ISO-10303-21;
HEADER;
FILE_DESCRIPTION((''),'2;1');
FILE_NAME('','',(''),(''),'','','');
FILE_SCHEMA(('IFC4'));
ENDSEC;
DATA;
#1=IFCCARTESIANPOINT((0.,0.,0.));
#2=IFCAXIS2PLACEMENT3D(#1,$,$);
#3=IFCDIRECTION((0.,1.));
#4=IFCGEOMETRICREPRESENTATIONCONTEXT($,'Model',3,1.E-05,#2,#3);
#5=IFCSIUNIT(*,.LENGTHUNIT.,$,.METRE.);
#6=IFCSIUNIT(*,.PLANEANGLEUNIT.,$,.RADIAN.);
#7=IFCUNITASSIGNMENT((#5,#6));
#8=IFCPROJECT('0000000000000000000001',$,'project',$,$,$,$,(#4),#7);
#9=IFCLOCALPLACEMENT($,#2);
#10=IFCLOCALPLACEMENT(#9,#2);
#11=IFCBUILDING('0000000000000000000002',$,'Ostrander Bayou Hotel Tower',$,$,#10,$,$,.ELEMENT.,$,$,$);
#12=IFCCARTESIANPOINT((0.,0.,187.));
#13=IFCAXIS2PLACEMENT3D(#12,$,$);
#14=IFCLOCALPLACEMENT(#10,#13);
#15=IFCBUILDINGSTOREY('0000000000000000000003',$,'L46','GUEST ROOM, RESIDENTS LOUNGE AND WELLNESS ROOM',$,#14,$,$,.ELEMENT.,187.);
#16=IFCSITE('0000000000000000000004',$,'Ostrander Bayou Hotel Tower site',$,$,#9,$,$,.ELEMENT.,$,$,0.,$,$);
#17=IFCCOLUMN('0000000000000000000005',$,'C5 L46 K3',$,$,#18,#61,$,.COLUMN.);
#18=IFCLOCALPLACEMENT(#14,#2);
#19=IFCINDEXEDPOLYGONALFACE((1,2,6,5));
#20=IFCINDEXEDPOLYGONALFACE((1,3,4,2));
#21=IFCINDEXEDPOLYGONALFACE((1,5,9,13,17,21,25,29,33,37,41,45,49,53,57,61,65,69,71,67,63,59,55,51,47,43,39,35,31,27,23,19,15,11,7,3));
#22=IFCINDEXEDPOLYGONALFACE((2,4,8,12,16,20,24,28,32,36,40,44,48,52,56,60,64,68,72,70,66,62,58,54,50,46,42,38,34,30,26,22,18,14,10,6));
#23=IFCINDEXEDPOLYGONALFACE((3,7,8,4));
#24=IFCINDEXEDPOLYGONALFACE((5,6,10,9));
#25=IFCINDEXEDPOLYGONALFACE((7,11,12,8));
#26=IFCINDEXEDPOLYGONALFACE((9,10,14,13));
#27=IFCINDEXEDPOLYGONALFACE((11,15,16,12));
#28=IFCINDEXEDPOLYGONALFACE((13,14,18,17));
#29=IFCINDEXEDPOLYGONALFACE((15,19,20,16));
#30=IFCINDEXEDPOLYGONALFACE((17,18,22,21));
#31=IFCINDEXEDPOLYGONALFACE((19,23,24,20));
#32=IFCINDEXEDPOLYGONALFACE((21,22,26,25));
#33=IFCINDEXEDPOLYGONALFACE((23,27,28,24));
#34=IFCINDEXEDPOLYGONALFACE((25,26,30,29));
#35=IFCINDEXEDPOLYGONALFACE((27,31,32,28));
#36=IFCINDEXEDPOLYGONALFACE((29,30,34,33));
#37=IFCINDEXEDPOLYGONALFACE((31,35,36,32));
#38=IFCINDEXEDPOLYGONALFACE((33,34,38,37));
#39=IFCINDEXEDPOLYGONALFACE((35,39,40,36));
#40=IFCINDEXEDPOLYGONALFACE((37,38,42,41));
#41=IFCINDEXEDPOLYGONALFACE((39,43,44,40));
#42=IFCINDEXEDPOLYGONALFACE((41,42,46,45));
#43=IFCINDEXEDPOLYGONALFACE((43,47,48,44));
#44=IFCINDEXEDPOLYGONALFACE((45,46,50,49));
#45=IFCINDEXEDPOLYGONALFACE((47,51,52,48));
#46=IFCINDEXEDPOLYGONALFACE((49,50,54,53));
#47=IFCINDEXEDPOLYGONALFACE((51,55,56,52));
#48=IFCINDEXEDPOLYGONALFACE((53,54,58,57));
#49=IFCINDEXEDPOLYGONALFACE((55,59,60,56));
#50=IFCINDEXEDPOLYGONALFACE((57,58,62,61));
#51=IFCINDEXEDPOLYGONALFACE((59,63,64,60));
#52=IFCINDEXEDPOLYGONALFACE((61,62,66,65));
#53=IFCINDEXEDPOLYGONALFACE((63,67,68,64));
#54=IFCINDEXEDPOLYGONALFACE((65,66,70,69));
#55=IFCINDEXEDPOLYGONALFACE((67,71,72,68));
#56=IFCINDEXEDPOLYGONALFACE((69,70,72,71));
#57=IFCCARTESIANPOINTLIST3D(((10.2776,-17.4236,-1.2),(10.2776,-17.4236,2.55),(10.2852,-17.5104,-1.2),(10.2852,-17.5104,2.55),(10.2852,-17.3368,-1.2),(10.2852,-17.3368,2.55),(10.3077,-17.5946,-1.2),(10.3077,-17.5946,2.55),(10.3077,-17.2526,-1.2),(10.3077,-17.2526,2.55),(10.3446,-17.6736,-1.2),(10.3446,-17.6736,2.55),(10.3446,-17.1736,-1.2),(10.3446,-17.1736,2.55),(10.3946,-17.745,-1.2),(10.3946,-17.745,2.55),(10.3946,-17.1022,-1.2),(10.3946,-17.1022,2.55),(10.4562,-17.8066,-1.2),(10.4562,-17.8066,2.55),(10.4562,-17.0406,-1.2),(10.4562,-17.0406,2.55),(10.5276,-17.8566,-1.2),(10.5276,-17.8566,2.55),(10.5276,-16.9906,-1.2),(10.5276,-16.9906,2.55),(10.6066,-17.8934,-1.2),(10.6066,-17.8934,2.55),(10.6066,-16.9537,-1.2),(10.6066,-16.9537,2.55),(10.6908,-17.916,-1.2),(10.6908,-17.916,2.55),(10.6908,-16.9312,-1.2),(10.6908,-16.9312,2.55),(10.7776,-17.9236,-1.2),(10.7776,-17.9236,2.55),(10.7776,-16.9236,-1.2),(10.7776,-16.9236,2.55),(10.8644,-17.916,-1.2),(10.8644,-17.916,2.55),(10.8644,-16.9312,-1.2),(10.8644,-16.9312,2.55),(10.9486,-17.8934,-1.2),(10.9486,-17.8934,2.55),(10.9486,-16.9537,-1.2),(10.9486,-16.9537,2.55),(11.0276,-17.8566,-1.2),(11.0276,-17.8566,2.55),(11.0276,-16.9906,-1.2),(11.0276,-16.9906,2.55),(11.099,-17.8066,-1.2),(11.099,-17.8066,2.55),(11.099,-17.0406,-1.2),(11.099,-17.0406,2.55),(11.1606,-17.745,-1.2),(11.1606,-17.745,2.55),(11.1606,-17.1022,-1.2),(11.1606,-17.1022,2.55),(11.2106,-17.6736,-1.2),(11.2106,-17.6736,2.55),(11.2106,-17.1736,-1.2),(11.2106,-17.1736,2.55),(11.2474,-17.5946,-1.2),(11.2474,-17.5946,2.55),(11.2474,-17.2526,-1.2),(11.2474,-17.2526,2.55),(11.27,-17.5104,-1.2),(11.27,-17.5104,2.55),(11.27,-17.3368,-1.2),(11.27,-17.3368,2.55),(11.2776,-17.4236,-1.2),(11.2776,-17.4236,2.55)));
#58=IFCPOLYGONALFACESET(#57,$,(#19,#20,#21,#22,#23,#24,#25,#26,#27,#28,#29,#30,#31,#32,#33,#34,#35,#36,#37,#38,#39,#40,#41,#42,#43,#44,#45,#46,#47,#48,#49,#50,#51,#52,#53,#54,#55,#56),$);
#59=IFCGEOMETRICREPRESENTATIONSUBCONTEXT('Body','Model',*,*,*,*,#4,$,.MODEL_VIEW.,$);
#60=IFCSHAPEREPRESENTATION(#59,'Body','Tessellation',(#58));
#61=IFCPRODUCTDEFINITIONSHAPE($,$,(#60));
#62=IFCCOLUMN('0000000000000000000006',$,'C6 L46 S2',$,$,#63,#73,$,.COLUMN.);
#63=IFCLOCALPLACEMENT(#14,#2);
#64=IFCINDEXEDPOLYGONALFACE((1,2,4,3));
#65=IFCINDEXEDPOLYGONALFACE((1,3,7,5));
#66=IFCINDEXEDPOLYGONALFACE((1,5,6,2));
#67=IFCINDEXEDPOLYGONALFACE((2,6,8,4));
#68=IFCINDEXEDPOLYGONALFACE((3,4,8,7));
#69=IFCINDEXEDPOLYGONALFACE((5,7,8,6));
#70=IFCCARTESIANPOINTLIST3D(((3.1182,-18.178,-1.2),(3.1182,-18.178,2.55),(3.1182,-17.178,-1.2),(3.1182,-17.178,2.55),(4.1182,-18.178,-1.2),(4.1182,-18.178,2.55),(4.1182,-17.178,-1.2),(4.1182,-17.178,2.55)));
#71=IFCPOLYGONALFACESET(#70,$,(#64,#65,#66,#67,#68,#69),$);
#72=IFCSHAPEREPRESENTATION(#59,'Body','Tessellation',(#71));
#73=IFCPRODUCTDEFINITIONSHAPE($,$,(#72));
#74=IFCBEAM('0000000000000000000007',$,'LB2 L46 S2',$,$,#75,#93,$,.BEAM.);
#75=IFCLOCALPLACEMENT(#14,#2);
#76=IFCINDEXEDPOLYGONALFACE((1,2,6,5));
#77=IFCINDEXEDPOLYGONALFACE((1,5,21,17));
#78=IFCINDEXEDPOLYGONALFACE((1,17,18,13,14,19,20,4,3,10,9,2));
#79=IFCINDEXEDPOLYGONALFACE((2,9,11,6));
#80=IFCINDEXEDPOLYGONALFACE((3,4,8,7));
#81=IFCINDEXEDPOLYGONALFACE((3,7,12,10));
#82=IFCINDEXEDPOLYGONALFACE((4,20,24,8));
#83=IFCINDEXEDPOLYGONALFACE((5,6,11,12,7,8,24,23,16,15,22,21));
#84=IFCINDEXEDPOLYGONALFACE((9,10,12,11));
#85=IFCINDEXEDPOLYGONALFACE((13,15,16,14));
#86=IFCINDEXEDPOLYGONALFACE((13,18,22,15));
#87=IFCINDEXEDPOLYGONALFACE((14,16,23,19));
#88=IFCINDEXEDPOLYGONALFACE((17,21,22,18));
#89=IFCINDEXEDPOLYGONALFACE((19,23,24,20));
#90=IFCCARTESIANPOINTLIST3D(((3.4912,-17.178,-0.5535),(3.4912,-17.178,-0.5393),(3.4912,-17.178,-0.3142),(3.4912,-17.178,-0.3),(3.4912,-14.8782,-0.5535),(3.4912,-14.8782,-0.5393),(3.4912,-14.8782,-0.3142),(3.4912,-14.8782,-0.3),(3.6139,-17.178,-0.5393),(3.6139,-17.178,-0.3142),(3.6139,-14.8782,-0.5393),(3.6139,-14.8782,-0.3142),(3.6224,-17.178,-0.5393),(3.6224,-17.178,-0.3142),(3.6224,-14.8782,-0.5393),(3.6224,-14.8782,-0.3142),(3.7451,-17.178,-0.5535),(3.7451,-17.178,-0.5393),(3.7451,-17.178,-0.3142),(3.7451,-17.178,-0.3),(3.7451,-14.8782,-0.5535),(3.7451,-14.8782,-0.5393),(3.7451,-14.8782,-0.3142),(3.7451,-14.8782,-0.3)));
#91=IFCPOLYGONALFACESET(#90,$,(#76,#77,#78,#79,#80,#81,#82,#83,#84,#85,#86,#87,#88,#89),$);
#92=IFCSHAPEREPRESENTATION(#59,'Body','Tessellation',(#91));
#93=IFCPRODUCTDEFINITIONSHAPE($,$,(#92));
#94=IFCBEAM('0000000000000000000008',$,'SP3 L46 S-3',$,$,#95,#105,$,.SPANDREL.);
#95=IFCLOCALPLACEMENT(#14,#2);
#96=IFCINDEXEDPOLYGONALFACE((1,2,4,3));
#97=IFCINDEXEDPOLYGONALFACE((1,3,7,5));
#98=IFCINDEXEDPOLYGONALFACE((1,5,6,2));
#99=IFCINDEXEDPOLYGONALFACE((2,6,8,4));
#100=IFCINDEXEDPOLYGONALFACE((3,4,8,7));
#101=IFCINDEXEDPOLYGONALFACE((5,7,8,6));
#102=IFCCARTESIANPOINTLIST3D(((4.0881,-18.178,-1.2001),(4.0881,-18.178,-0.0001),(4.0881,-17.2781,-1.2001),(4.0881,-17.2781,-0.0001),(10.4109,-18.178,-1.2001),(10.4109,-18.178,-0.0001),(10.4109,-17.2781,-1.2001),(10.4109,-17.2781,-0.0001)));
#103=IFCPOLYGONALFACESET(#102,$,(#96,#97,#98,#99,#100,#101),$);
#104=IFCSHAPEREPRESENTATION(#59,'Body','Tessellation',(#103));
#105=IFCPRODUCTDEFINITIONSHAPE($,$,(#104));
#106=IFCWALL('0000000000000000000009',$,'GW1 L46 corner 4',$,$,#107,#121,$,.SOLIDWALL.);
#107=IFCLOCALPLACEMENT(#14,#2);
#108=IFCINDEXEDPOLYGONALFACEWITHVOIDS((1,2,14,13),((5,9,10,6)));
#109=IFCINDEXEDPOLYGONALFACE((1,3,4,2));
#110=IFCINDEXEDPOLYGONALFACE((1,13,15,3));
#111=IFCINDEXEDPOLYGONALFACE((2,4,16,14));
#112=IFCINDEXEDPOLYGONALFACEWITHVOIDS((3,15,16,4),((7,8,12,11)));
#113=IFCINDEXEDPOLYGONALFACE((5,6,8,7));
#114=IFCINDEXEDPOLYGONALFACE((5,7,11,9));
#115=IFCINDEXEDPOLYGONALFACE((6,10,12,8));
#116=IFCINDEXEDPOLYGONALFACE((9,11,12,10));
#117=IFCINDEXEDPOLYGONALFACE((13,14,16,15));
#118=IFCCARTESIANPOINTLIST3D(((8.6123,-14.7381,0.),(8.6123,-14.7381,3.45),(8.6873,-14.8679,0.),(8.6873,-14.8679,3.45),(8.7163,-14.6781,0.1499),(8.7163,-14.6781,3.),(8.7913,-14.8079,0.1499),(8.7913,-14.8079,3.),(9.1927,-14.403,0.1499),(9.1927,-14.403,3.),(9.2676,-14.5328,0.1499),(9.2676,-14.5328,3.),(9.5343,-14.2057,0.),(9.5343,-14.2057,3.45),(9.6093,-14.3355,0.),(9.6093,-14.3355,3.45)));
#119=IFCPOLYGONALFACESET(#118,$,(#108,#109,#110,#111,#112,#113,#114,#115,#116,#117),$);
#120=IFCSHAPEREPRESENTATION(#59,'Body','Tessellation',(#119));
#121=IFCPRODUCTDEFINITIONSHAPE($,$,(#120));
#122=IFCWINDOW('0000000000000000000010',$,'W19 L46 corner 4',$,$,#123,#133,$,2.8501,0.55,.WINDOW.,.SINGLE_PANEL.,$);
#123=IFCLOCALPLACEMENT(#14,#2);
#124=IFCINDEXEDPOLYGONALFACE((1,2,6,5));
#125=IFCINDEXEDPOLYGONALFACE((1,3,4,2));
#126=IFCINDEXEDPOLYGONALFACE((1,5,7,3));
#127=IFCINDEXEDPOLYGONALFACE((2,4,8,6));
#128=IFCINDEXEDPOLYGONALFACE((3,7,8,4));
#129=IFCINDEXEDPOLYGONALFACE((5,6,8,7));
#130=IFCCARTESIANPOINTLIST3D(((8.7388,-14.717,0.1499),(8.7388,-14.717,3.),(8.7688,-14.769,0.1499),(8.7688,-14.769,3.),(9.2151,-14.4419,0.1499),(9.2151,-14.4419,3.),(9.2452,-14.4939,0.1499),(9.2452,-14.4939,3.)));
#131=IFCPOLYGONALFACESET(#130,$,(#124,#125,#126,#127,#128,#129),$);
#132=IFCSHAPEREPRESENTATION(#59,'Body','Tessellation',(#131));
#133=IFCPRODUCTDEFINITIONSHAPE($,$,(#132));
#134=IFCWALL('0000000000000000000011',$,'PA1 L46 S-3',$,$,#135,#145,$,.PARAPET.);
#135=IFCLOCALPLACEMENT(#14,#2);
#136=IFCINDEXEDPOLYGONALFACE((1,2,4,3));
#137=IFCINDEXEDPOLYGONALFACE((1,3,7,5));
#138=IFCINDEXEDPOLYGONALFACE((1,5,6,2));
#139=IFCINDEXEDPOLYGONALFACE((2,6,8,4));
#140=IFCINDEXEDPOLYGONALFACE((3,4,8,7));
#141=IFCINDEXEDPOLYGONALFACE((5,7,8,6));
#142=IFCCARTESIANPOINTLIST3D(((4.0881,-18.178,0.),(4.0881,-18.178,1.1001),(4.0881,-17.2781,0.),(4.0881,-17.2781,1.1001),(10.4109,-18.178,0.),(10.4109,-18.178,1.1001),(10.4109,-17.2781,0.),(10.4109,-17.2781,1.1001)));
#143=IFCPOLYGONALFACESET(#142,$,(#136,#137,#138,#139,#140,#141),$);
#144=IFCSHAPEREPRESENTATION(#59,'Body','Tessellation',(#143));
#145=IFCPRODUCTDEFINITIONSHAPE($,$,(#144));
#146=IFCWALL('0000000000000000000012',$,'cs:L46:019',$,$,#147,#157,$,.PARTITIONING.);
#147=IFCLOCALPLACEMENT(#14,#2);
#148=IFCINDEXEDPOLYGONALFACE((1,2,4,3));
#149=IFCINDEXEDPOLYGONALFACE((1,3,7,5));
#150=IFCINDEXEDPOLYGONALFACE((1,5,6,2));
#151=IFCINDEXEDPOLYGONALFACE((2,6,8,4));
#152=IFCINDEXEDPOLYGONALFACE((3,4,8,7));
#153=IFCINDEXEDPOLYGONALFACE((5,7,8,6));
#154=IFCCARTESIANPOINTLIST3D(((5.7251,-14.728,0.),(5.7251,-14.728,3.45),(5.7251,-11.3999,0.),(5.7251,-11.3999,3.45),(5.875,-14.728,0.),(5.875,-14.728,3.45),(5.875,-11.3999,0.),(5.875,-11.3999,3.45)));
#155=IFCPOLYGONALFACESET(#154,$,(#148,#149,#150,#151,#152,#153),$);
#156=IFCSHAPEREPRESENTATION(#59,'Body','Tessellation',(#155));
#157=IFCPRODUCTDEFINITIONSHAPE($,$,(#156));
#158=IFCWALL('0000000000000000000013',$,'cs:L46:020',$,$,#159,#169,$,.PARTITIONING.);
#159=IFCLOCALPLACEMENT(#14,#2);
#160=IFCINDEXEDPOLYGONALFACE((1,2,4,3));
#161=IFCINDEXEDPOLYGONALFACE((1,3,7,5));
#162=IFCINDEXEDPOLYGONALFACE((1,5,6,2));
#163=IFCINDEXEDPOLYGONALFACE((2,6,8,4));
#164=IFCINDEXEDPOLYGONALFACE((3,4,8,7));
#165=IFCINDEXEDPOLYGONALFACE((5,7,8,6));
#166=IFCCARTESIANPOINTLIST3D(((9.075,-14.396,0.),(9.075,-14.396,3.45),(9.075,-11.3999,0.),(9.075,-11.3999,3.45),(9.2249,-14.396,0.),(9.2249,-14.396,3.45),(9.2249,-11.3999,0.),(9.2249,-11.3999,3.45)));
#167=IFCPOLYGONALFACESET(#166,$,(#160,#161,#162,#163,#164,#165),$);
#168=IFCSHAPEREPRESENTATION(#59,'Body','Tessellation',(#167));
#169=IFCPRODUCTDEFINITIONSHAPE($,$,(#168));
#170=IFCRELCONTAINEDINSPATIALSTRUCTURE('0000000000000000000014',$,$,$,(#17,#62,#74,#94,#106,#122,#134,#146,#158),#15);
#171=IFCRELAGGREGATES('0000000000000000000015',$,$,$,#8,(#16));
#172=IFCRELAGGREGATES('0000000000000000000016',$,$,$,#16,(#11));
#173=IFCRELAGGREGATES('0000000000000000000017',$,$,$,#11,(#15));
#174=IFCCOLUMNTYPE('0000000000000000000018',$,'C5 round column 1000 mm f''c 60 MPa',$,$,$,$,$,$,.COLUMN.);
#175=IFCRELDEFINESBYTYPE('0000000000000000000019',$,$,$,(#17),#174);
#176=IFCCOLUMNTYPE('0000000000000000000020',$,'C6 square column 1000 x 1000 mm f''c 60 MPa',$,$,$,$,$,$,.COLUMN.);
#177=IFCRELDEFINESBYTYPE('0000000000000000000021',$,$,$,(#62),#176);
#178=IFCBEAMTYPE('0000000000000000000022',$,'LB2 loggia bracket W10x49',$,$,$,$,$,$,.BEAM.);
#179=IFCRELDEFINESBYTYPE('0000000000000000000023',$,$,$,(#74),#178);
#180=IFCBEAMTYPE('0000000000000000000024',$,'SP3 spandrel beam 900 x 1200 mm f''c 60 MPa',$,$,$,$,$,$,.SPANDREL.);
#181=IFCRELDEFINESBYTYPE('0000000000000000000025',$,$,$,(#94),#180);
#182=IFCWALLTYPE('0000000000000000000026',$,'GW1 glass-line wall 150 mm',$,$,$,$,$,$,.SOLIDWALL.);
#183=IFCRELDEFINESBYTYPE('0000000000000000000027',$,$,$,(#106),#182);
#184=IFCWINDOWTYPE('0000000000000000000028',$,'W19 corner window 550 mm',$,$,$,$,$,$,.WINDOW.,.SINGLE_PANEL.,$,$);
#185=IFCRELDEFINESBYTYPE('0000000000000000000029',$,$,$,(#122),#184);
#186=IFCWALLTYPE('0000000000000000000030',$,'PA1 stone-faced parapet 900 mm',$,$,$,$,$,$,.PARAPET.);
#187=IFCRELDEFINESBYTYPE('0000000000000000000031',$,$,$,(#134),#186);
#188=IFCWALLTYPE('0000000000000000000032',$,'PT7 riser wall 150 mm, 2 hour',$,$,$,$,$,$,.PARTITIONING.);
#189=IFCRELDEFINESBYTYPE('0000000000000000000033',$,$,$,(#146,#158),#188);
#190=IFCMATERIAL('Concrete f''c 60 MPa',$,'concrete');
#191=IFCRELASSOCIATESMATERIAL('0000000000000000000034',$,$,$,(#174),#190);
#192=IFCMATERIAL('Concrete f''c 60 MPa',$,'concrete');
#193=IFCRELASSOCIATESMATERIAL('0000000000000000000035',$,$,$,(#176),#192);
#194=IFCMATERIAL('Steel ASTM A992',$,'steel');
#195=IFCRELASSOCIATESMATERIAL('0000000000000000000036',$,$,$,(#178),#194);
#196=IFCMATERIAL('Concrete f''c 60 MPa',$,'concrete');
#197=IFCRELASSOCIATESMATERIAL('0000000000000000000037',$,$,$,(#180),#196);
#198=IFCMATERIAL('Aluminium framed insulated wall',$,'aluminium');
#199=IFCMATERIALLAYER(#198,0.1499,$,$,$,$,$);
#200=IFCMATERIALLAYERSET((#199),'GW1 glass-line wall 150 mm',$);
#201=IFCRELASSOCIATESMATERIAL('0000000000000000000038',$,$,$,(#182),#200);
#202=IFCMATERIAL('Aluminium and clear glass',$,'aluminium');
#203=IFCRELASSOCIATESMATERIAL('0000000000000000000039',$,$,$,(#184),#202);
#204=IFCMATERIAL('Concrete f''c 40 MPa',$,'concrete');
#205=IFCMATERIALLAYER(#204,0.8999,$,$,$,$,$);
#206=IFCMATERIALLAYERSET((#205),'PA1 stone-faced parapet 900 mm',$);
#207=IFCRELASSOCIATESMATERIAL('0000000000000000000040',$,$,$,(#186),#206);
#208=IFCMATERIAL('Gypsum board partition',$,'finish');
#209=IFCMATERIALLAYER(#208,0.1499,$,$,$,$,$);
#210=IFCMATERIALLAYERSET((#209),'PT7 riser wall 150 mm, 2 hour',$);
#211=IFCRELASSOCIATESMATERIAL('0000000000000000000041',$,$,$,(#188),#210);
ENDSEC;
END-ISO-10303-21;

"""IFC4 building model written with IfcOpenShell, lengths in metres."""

from ifc_helpers import new_model, si_unit, direction, frame, frame_2d, origin, origin_2d, place, context, subcontext, project, spatial, rectangle, circle, i_section, extrude, material, layer, layer_set, material_profile, profile_set, type_object, element, fill, save


model = new_model("IFC4")

# Units and contexts
model_context = context("Model", 3, precision=1e-05, world=origin(), true_north=direction((0.0, 1.0)))
body_context = subcontext(model_context, "Body", "Model", "MODEL_VIEW")
ifc_project = project(units=[si_unit("LENGTHUNIT", "METRE"), si_unit("PLANEANGLEUNIT", "RADIAN")], contexts=[model_context])

# Site, building, storey
site_placement = place(None, origin())
site = spatial("IfcSite", under=ifc_project, at=site_placement, Name="Ostrander Bayou Hotel Tower site", CompositionType="ELEMENT", RefElevation=0.0)
building_placement = place(site_placement, origin())
building = spatial("IfcBuilding", under=site, at=building_placement, Name="Ostrander Bayou Hotel Tower", CompositionType="ELEMENT")
storey_placement = place(building_placement, frame((0.0, 0.0, 187.0)))
storey = spatial("IfcBuildingStorey", under=building, at=storey_placement, Name="L46", Description="GUEST ROOM, RESIDENTS LOUNGE AND WELLNESS ROOM", CompositionType="ELEMENT", Elevation=187.0)

# Columns
ifc_material_1 = material(Name="Concrete f'c 60 MPa", Category="concrete")
ifc_material_profile_1 = material_profile(ifc_material_1, circle(Radius=0.5, at=origin_2d()))
ifc_profile_set_1 = profile_set([ifc_material_profile_1], Name="Concrete f'c 60 MPa")
column_type_1 = type_object("IfcColumnType", Name="C5 round column 1000 mm f'c 60 MPa", PredefinedType="COLUMN", material=ifc_profile_set_1)
column_1_placement = place(storey_placement, frame((10.7776, -17.4236, -1.2), z_axis=(0.0, 0.0, 1.0), x_axis=(1.0, 0.0, 0.0)))
element("IfcColumn", 1, at=column_1_placement, inside=storey, type_object=column_type_1, Name="C5 L46 K3", PredefinedType="COLUMN", context=body_context, shape_type="SweptSolid", body=[
    extrude(circle(Radius=0.5, at=origin_2d()), origin(), (0.0, 0.0, 1.0), 3.75),
])
ifc_material_2 = material(Name="Concrete f'c 60 MPa", Category="concrete")
ifc_material_profile_2 = material_profile(ifc_material_2, rectangle(XDim=1.0, YDim=1.0, at=origin_2d()))
ifc_profile_set_2 = profile_set([ifc_material_profile_2], Name="Concrete f'c 60 MPa")
column_type_2 = type_object("IfcColumnType", Name="C6 square column 1000 x 1000 mm f'c 60 MPa", PredefinedType="COLUMN", material=ifc_profile_set_2)
column_2_placement = place(storey_placement, frame((3.6182, -17.678, -1.2), z_axis=(0.0, 0.0, 1.0), x_axis=(-1.0, 0.0, 0.0)))
element("IfcColumn", 2, at=column_2_placement, inside=storey, type_object=column_type_2, Name="C6 L46 S2", PredefinedType="COLUMN", context=body_context, shape_type="SweptSolid", body=[
    extrude(rectangle(XDim=1.0, YDim=1.0, at=origin_2d()), origin(), (0.0, 0.0, 1.0), 3.75),
])

# Beams
ifc_material_3 = material(Name="Steel ASTM A992", Category="steel")
ifc_material_profile_3 = material_profile(ifc_material_3, i_section(OverallWidth=0.2539, OverallDepth=0.2534, WebThickness=0.0085, FlangeThickness=0.0142, at=origin_2d()))
ifc_profile_set_3 = profile_set([ifc_material_profile_3], Name="Steel ASTM A992")
beam_type_1 = type_object("IfcBeamType", Name="LB2 loggia bracket W10x49", PredefinedType="BEAM", material=ifc_profile_set_3)
beam_1_placement = place(storey_placement, frame((3.6182, -17.178, -0.4268), z_axis=(0.0, 1.0, 0.0), x_axis=(-1.0, 0.0, 0.0)))
element("IfcBeam", 3, at=beam_1_placement, inside=storey, type_object=beam_type_1, Name="LB2 L46 S2", PredefinedType="BEAM", context=body_context, shape_type="SweptSolid", body=[
    extrude(i_section(OverallWidth=0.2539, OverallDepth=0.2534, WebThickness=0.0085, FlangeThickness=0.0142, at=origin_2d()), origin(), (0.0, 0.0, 1.0), 2.2998),
])
ifc_material_4 = material(Name="Concrete f'c 60 MPa", Category="concrete")
ifc_material_profile_4 = material_profile(ifc_material_4, rectangle(XDim=0.8999, YDim=1.2, at=origin_2d()))
ifc_profile_set_4 = profile_set([ifc_material_profile_4], Name="Concrete f'c 60 MPa")
beam_type_2 = type_object("IfcBeamType", Name="SP3 spandrel beam 900 x 1200 mm f'c 60 MPa", PredefinedType="SPANDREL", material=ifc_profile_set_4)
beam_2_placement = place(storey_placement, frame((4.0881, -17.728, -0.6001), z_axis=(1.0, 0.0, 0.0), x_axis=(0.0, 1.0, 0.0)))
element("IfcBeam", 4, at=beam_2_placement, inside=storey, type_object=beam_type_2, Name="SP3 L46 S-3", PredefinedType="SPANDREL", context=body_context, shape_type="SweptSolid", body=[
    extrude(rectangle(XDim=0.8999, YDim=1.2, at=origin_2d()), origin(), (0.0, 0.0, 1.0), 6.3228),
])

# Shared definitions
ifc_material_5 = material(Name="Aluminium framed insulated wall", Category="aluminium")
ifc_layer_1 = layer(ifc_material_5, 0.1499)
ifc_layer_set_1 = layer_set([ifc_layer_1], Name="GW1 glass-line wall 150 mm")
wall_type_1 = type_object("IfcWallType", Name="GW1 glass-line wall 150 mm", PredefinedType="SOLIDWALL", material=ifc_layer_set_1)

# Wall, opening, window
wall_1_placement = place(storey_placement, frame((8.6499, -14.803, 0.0), z_axis=(0.0, 0.0, 1.0), x_axis=(0.865991, 0.50006, 0.0)))
wall_1 = element("IfcWall", 5, at=wall_1_placement, inside=storey, type_object=wall_type_1, Name="GW1 L46 corner 4", PredefinedType="SOLIDWALL", context=body_context, shape_type="SweptSolid", body=[
    extrude(rectangle(XDim=1.0647, YDim=0.1499, at=frame_2d((0.5322, 0.0))), origin(), (0.0, 0.0, 1.0), 3.45),
])
opening_1_placement = place(wall_1_placement, frame((0.1201, 0.0, 0.1499)))
opening_1 = element("IfcOpeningElement", 6, at=opening_1_placement, cuts=wall_1, PredefinedType="OPENING", context=body_context, shape_type="SweptSolid", body=[
    extrude(rectangle(XDim=0.55, YDim=2.8501, at=frame_2d((0.2749, 1.425))), frame((0.0, 0.075, 0.0), z_axis=(0.0, -1.0, 0.0), x_axis=(1.0, 0.0, 0.0)), (0.0, 0.0, 1.0), 0.1499),
])
ifc_material_6 = material(Name="Aluminium and clear glass", Category="aluminium")
window_type_1 = type_object("IfcWindowType", Name="W19 corner window 550 mm", PartitioningType="SINGLE_PANEL", PredefinedType="WINDOW", material=ifc_material_6)
window_1_placement = place(opening_1_placement, origin())
window_1 = element("IfcWindow", 7, at=window_1_placement, inside=storey, type_object=window_type_1, Name="W19 L46 corner 4", OverallHeight=2.8501, OverallWidth=0.55, PartitioningType="SINGLE_PANEL", PredefinedType="WINDOW", context=body_context, shape_type="SweptSolid", body=[
    extrude(rectangle(XDim=0.55, YDim=2.8501, at=frame_2d((0.2749, 1.425))), frame((0.0, 0.03, 0.0), z_axis=(0.0, -1.0, 0.0), x_axis=(1.0, 0.0, 0.0)), (0.0, 0.0, 1.0), 0.0601),
])
fill(opening_1, window_1)

# Walls
ifc_material_7 = material(Name="Concrete f'c 40 MPa", Category="concrete")
ifc_layer_2 = layer(ifc_material_7, 0.8999)
ifc_layer_set_2 = layer_set([ifc_layer_2], Name="PA1 stone-faced parapet 900 mm")
wall_type_2 = type_object("IfcWallType", Name="PA1 stone-faced parapet 900 mm", PredefinedType="PARAPET", material=ifc_layer_set_2)
wall_2_placement = place(storey_placement, frame((4.0881, -17.728, 0.0), z_axis=(0.0, 0.0, 1.0), x_axis=(1.0, 0.0, 0.0)))
element("IfcWall", 8, at=wall_2_placement, inside=storey, type_object=wall_type_2, Name="PA1 L46 S-3", PredefinedType="PARAPET", context=body_context, shape_type="SweptSolid", body=[
    extrude(rectangle(XDim=6.3228, YDim=0.8999, at=frame_2d((3.1614, 0.0))), origin(), (0.0, 0.0, 1.0), 1.1001),
])
ifc_material_8 = material(Name="Gypsum board partition", Category="finish")
ifc_layer_3 = layer(ifc_material_8, 0.1499)
ifc_layer_set_3 = layer_set([ifc_layer_3], Name="PT7 riser wall 150 mm, 2 hour")
wall_type_3 = type_object("IfcWallType", Name="PT7 riser wall 150 mm, 2 hour", PredefinedType="PARTITIONING", material=ifc_layer_set_3)
wall_3_placement = place(storey_placement, frame((5.8, -11.3999, 0.0), z_axis=(0.0, 0.0, 1.0), x_axis=(0.0, -1.0, 0.0)))
element("IfcWall", 9, at=wall_3_placement, inside=storey, type_object=wall_type_3, Name="cs:L46:019", PredefinedType="PARTITIONING", context=body_context, shape_type="SweptSolid", body=[
    extrude(rectangle(XDim=3.3281, YDim=0.1499, at=frame_2d((1.6641, 0.0))), origin(), (0.0, 0.0, 1.0), 3.45),
])
wall_4_placement = place(storey_placement, frame((9.1499, -11.3999, 0.0), z_axis=(0.0, 0.0, 1.0), x_axis=(0.0, -1.0, 0.0)))
element("IfcWall", 10, at=wall_4_placement, inside=storey, type_object=wall_type_3, Name="cs:L46:020", PredefinedType="PARTITIONING", context=body_context, shape_type="SweptSolid", body=[
    extrude(rectangle(XDim=2.9961, YDim=0.1499, at=frame_2d((1.498, 0.0))), origin(), (0.0, 0.0, 1.0), 3.45),
])

save(model, "model.ifc")
